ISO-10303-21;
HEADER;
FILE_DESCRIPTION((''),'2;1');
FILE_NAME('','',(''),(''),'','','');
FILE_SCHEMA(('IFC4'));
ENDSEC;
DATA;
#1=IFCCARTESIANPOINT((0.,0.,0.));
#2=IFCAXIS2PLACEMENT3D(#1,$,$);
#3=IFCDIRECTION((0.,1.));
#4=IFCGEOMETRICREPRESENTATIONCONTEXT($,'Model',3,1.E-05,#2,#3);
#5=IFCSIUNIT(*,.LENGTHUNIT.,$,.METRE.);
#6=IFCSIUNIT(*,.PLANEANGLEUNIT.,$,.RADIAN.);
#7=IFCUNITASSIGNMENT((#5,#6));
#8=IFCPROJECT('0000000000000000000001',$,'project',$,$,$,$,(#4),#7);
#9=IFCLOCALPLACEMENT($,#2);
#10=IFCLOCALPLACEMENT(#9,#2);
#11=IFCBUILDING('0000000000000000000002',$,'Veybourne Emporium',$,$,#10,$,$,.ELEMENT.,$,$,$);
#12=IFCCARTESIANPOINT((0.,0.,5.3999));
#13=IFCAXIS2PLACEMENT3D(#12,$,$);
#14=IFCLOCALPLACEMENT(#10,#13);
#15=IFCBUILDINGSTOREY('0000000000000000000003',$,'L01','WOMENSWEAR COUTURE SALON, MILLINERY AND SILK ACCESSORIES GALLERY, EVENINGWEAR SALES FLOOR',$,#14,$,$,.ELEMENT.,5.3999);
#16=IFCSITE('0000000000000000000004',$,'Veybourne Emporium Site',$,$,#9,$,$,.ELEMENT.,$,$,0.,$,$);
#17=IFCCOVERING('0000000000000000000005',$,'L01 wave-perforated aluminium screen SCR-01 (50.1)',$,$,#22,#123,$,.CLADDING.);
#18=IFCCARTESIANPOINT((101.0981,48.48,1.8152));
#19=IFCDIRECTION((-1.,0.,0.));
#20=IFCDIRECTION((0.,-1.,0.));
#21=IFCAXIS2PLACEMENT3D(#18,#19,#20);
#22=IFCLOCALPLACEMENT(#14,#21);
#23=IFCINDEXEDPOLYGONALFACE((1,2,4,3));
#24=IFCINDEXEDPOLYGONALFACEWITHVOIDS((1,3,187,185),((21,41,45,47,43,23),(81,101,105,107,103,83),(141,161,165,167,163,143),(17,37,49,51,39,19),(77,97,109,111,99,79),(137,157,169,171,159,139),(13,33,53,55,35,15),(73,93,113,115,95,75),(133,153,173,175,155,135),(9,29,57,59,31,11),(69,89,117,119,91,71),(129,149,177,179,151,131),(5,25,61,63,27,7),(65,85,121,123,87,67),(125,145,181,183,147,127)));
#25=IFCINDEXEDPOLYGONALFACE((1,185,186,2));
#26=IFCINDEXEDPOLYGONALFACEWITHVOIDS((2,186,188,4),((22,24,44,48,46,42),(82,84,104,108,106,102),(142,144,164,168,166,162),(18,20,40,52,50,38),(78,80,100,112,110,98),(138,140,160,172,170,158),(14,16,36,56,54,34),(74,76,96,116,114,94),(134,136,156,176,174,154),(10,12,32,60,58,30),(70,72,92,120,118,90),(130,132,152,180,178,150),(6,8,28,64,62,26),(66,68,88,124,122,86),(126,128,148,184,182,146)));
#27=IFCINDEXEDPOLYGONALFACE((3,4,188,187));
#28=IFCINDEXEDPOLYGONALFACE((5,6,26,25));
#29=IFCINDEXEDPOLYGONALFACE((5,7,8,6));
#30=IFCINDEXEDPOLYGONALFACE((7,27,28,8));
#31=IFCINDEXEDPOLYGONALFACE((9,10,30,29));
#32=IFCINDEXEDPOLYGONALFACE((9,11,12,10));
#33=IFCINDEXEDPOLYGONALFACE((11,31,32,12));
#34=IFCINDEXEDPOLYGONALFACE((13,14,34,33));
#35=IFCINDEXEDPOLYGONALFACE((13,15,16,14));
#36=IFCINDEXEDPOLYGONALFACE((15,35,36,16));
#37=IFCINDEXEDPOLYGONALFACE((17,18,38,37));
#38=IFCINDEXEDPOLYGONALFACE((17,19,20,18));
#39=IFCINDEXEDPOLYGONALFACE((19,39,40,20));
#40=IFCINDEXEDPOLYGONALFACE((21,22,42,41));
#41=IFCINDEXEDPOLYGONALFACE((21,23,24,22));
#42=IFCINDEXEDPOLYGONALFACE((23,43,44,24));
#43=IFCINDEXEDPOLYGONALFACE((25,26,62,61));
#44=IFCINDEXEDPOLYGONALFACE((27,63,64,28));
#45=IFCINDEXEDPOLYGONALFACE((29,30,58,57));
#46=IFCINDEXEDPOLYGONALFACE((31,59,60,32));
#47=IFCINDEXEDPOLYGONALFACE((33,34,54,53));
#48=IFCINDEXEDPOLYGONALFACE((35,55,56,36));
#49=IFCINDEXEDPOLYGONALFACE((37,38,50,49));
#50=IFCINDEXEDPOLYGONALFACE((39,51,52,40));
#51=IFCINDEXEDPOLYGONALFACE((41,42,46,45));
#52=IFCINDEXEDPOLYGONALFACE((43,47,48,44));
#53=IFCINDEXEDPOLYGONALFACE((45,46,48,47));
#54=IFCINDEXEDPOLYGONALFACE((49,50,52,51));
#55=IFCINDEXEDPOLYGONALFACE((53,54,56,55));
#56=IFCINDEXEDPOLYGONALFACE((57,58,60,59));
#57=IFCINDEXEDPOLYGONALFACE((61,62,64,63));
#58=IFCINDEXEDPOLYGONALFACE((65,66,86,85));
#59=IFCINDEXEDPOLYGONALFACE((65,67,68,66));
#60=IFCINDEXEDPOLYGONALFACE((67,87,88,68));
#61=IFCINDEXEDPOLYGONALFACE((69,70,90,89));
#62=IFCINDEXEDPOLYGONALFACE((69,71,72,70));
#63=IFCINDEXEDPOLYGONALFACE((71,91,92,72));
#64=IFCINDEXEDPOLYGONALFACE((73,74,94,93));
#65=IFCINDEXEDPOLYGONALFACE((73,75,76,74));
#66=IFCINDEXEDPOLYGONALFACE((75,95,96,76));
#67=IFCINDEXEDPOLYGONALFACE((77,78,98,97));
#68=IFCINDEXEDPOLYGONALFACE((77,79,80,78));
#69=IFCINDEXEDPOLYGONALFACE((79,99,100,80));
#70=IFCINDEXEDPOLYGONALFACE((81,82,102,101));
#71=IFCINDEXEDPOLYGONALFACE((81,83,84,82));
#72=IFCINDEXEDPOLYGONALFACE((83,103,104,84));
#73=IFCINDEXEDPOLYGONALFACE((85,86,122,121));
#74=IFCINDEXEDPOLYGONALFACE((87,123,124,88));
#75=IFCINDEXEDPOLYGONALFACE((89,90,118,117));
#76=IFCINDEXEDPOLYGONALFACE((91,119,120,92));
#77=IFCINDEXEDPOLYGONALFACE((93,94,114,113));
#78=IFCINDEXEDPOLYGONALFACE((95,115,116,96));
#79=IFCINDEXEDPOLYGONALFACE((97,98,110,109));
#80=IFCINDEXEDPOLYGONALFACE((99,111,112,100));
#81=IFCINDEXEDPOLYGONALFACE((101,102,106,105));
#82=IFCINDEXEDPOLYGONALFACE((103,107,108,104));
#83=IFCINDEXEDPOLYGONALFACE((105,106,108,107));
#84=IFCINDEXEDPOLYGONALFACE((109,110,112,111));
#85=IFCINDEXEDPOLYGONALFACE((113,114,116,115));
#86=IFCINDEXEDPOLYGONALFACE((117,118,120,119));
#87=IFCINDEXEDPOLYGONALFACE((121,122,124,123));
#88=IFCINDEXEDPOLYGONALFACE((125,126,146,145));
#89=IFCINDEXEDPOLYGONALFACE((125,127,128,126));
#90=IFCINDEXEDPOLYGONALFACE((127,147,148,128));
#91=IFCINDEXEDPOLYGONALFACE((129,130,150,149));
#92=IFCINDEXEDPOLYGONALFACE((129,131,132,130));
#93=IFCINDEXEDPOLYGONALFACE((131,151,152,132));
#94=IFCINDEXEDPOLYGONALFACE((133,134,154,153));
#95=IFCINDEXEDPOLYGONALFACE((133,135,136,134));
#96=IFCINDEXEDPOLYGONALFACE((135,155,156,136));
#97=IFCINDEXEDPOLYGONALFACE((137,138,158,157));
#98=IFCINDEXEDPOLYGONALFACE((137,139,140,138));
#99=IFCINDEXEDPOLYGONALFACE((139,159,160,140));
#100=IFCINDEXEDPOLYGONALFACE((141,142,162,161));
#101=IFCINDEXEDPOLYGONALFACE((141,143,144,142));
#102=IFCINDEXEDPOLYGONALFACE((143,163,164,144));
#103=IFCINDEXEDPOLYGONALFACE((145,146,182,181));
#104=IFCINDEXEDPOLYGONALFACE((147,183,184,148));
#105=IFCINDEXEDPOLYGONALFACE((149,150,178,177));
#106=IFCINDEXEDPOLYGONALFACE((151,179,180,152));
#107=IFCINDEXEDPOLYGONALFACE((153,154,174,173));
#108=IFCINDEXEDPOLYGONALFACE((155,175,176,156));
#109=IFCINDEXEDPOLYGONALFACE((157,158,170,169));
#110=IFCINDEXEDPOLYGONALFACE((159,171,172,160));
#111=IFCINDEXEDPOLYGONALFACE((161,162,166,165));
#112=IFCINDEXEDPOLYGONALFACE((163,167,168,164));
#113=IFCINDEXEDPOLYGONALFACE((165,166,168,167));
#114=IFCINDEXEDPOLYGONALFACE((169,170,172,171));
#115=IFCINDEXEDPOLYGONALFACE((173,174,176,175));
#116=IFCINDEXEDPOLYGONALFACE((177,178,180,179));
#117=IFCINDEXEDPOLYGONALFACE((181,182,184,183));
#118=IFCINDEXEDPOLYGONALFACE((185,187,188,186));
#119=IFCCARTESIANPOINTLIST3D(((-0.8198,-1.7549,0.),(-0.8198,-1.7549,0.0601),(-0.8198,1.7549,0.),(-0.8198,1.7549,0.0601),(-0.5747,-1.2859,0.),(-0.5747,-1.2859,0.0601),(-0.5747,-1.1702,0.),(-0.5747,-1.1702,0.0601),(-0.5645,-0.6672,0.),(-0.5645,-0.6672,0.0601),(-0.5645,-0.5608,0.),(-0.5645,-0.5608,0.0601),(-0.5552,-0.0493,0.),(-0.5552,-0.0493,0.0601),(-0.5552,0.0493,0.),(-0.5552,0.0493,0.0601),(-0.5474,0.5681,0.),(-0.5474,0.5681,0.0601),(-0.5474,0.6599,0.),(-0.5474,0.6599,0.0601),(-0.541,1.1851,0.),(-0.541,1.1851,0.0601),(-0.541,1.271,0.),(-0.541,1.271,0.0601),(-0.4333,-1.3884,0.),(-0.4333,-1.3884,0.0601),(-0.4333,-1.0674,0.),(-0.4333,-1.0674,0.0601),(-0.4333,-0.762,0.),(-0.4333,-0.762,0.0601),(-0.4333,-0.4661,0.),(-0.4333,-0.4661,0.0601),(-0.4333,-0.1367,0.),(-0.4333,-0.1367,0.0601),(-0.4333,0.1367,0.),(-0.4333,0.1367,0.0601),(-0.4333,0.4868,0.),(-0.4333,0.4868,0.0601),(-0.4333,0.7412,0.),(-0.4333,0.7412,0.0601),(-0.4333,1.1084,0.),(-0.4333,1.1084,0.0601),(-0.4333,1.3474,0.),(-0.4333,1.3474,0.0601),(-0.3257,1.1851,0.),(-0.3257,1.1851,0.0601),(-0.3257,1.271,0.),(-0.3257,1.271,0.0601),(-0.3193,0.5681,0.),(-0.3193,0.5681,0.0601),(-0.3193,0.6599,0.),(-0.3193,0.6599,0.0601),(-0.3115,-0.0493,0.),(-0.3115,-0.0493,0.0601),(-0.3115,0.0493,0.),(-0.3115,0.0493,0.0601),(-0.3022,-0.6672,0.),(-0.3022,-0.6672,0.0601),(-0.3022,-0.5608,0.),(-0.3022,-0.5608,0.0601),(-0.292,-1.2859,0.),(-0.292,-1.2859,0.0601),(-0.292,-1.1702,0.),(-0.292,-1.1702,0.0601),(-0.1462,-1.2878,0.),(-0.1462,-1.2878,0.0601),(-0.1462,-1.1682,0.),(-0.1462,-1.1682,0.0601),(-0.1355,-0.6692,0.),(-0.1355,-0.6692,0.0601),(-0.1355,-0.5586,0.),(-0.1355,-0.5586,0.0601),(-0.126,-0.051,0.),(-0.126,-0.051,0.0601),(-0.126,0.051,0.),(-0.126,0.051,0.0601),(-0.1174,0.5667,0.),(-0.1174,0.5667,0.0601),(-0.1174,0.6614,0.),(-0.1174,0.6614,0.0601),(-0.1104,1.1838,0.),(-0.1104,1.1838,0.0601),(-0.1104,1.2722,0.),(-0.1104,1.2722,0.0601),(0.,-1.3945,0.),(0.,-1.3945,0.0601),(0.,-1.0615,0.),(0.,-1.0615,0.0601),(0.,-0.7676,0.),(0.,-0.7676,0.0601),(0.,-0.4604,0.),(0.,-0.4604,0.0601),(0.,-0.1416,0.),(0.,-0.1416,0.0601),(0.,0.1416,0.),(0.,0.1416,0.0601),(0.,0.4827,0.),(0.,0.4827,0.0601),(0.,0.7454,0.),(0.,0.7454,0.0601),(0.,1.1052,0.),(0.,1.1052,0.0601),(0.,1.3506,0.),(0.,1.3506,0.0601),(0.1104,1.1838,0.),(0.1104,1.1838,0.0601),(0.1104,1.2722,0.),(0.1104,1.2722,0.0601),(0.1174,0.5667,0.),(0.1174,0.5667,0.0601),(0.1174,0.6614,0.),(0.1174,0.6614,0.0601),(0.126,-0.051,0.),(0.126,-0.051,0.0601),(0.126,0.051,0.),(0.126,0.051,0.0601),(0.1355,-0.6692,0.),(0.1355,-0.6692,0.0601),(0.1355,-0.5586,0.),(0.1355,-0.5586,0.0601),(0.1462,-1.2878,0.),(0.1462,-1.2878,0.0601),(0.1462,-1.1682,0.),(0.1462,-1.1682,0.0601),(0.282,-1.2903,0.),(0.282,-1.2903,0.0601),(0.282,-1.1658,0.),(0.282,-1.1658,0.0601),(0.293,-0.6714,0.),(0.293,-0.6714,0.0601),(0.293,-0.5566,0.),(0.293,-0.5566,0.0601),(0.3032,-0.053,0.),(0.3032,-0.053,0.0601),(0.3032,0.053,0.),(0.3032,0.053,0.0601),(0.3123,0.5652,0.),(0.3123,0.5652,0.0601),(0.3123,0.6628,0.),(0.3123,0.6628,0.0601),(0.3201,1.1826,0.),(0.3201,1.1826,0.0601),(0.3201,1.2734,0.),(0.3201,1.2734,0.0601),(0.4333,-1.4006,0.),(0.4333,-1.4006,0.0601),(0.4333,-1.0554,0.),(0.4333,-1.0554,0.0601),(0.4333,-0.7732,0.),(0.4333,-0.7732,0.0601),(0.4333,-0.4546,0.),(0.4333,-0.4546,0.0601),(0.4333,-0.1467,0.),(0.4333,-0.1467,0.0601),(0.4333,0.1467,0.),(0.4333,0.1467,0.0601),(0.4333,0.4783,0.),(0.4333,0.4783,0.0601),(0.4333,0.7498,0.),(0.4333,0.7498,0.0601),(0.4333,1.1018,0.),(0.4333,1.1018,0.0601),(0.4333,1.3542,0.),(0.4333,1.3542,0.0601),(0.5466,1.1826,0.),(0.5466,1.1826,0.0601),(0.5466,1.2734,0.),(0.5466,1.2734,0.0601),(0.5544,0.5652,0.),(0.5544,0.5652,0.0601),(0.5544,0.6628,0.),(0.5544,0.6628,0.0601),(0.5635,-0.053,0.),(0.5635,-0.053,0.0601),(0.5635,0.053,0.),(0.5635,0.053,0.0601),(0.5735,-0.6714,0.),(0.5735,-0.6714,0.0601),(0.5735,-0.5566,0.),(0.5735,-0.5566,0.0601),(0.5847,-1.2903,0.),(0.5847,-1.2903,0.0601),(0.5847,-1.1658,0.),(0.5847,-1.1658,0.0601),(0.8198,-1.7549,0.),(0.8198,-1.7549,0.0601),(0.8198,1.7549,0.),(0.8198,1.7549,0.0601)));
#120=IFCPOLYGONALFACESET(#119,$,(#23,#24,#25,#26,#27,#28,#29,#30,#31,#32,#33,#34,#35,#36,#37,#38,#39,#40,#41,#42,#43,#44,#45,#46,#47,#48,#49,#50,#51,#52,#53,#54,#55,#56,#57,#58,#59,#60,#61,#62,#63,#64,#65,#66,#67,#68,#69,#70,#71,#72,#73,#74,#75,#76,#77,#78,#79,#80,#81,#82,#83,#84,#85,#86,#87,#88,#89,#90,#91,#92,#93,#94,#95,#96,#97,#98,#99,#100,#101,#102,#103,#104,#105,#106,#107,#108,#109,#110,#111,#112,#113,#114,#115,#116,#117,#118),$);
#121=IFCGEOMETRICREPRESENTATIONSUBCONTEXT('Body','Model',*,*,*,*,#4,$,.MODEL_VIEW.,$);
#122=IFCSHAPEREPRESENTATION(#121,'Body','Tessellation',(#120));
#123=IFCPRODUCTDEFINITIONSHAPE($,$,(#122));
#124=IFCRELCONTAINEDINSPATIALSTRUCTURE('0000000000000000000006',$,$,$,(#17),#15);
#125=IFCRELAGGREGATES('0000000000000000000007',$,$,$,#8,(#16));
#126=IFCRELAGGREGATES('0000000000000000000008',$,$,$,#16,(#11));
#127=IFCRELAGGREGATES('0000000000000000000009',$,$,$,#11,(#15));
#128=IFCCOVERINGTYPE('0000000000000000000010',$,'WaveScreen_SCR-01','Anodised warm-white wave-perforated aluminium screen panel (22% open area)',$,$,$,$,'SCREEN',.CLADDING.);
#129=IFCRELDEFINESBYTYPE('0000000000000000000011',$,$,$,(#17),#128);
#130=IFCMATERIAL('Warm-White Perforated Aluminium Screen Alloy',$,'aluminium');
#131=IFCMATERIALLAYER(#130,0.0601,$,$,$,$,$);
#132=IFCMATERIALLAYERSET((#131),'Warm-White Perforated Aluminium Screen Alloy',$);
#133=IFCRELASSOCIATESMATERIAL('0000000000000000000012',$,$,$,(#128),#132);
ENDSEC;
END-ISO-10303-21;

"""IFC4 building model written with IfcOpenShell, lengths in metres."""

from ifc_helpers import new_model, si_unit, direction, frame, origin, place, context, subcontext, project, spatial, polyline, outline, extrude, material, layer, layer_set, type_object, element, save


model = new_model("IFC4")

# Units and contexts
model_context = context("Model", 3, precision=1e-05, world=origin(), true_north=direction((0.0, 1.0)))
body_context = subcontext(model_context, "Body", "Model", "MODEL_VIEW")
ifc_project = project(units=[si_unit("LENGTHUNIT", "METRE"), si_unit("PLANEANGLEUNIT", "RADIAN")], contexts=[model_context])

# Site, building, storey
site_placement = place(None, origin())
site = spatial("IfcSite", under=ifc_project, at=site_placement, Name="Veybourne Emporium Site", CompositionType="ELEMENT", RefElevation=0.0)
building_placement = place(site_placement, origin())
building = spatial("IfcBuilding", under=site, at=building_placement, Name="Veybourne Emporium", CompositionType="ELEMENT")
storey_placement = place(building_placement, frame((0.0, 0.0, 5.3999)))
storey = spatial("IfcBuildingStorey", under=building, at=storey_placement, Name="L01", Description="WOMENSWEAR COUTURE SALON, MILLINERY AND SILK ACCESSORIES GALLERY, EVENINGWEAR SALES FLOOR", CompositionType="ELEMENT", Elevation=5.3999)

# Covering
ifc_material_1 = material(Name="Warm-White Perforated Aluminium Screen Alloy", Category="aluminium")
ifc_layer_1 = layer(ifc_material_1, 0.0601)
ifc_layer_set_1 = layer_set([ifc_layer_1], Name="Warm-White Perforated Aluminium Screen Alloy")
covering_type_1 = type_object("IfcCoveringType", Name="WaveScreen_SCR-01", Description="Anodised warm-white wave-perforated aluminium screen panel (22% open area)", ElementType="SCREEN", PredefinedType="CLADDING", material=ifc_layer_set_1)
covering_1_placement = place(storey_placement, frame((101.0981, 48.48, 1.8152), z_axis=(-1.0, 0.0, 0.0), x_axis=(0.0, -1.0, 0.0)))
element("IfcCovering", 1, at=covering_1_placement, inside=storey, type_object=covering_type_1, Name="L01 wave-perforated aluminium screen SCR-01 (50.1)", PredefinedType="CLADDING", context=body_context, shape_type="SweptSolid", body=[
    extrude(outline(polyline([(-0.8198, -1.7549), (0.8198, -1.7549), (0.8198, 1.7549), (-0.8198, 1.7549), (-0.8198, -1.7549)]), holes=[polyline([(-0.4333, -1.0674), (-0.292, -1.1702), (-0.292, -1.2859), (-0.4333, -1.3884), (-0.5747, -1.2859), (-0.5747, -1.1702), (-0.4333, -1.0674)]), polyline([(-0.4333, -0.4661), (-0.3022, -0.5608), (-0.3022, -0.6672), (-0.4333, -0.762), (-0.5645, -0.6672), (-0.5645, -0.5608), (-0.4333, -0.4661)]), polyline([(-0.4333, 0.1367), (-0.3115, 0.0493), (-0.3115, -0.0493), (-0.4333, -0.1367), (-0.5552, -0.0493), (-0.5552, 0.0493), (-0.4333, 0.1367)]), polyline([(-0.4333, 0.7412), (-0.3193, 0.6599), (-0.3193, 0.5681), (-0.4333, 0.4868), (-0.5474, 0.5681), (-0.5474, 0.6599), (-0.4333, 0.7412)]), polyline([(-0.4333, 1.3474), (-0.3257, 1.271), (-0.3257, 1.1851), (-0.4333, 1.1084), (-0.541, 1.1851), (-0.541, 1.271), (-0.4333, 1.3474)]), polyline([(0.0, -1.0615), (0.1462, -1.1682), (0.1462, -1.2878), (0.0, -1.3945), (-0.1462, -1.2878), (-0.1462, -1.1682), (0.0, -1.0615)]), polyline([(0.0, -0.4604), (0.1355, -0.5586), (0.1355, -0.6692), (0.0, -0.7676), (-0.1355, -0.6692), (-0.1355, -0.5586), (0.0, -0.4604)]), polyline([(0.0, 0.1416), (0.126, 0.051), (0.126, -0.051), (0.0, -0.1416), (-0.126, -0.051), (-0.126, 0.051), (0.0, 0.1416)]), polyline([(0.0, 0.7454), (0.1174, 0.6614), (0.1174, 0.5667), (0.0, 0.4827), (-0.1174, 0.5667), (-0.1174, 0.6614), (0.0, 0.7454)]), polyline([(0.0, 1.3506), (0.1104, 1.2722), (0.1104, 1.1838), (0.0, 1.1052), (-0.1104, 1.1838), (-0.1104, 1.2722), (0.0, 1.3506)]), polyline([(0.4333, -1.0554), (0.5847, -1.1658), (0.5847, -1.2903), (0.4333, -1.4006), (0.282, -1.2903), (0.282, -1.1658), (0.4333, -1.0554)]), polyline([(0.4333, -0.4546), (0.5735, -0.5566), (0.5735, -0.6714), (0.4333, -0.7732), (0.293, -0.6714), (0.293, -0.5566), (0.4333, -0.4546)]), polyline([(0.4333, 0.1467), (0.5635, 0.053), (0.5635, -0.053), (0.4333, -0.1467), (0.3032, -0.053), (0.3032, 0.053), (0.4333, 0.1467)]), polyline([(0.4333, 0.7498), (0.5544, 0.6628), (0.5544, 0.5652), (0.4333, 0.4783), (0.3123, 0.5652), (0.3123, 0.6628), (0.4333, 0.7498)]), polyline([(0.4333, 1.3542), (0.5466, 1.2734), (0.5466, 1.1826), (0.4333, 1.1018), (0.3201, 1.1826), (0.3201, 1.2734), (0.4333, 1.3542)])]), origin(), (0.0, 0.0, 1.0), 0.0601),
])

save(model, "model.ifc")
